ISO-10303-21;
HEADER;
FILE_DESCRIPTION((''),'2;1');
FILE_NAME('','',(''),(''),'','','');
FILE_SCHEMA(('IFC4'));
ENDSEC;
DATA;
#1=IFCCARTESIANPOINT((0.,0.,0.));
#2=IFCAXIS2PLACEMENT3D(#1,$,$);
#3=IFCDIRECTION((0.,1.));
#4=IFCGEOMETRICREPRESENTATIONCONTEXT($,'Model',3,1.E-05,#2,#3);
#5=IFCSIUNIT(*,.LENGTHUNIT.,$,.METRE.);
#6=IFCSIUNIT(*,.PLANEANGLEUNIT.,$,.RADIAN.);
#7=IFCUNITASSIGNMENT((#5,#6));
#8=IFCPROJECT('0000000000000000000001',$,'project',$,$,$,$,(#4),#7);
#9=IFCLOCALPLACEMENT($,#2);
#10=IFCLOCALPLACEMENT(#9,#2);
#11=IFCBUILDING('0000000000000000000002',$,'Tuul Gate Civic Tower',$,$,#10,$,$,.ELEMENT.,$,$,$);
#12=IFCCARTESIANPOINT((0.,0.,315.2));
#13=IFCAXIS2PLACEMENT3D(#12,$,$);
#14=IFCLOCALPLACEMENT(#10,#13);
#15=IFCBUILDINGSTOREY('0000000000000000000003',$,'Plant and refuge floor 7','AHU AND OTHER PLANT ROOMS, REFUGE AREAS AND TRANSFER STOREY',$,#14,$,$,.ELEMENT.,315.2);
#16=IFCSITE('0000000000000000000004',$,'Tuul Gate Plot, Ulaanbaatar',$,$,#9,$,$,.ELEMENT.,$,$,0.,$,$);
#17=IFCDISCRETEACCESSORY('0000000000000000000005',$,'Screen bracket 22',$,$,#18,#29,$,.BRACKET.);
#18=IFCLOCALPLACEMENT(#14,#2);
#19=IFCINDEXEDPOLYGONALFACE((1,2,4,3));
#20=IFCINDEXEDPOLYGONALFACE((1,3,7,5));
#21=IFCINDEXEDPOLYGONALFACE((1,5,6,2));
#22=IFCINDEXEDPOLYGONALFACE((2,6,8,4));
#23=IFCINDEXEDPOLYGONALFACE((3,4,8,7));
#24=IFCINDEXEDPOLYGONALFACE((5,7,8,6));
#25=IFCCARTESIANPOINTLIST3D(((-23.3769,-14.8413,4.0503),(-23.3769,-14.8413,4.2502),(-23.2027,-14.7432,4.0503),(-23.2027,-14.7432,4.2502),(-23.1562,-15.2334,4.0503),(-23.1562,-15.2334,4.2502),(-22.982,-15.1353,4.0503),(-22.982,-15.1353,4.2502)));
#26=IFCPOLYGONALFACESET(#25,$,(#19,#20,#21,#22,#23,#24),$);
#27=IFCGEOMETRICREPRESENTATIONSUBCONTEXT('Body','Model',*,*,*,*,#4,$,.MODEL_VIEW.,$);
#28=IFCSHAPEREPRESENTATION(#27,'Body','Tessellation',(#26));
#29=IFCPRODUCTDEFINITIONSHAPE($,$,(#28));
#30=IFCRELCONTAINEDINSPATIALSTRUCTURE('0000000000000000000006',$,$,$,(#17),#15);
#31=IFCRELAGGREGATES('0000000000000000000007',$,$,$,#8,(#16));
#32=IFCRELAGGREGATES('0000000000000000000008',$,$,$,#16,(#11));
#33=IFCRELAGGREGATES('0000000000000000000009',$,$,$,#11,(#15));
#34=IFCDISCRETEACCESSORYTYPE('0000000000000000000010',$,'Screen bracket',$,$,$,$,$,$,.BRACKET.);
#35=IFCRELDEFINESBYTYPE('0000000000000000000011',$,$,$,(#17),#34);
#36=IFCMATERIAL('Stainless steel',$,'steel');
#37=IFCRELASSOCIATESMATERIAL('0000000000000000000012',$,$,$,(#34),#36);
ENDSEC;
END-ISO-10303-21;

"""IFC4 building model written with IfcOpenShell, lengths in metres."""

from ifc_helpers import new_model, si_unit, direction, frame, origin, origin_2d, place, context, subcontext, project, spatial, rectangle, extrude, material, type_object, element, save


model = new_model("IFC4")

# Units and contexts
model_context = context("Model", 3, precision=1e-05, world=origin(), true_north=direction((0.0, 1.0)))
body_context = subcontext(model_context, "Body", "Model", "MODEL_VIEW")
ifc_project = project(units=[si_unit("LENGTHUNIT", "METRE"), si_unit("PLANEANGLEUNIT", "RADIAN")], contexts=[model_context])

# Site, building, storey
site_placement = place(None, origin())
site = spatial("IfcSite", under=ifc_project, at=site_placement, Name="Tuul Gate Plot, Ulaanbaatar", CompositionType="ELEMENT", RefElevation=0.0)
building_placement = place(site_placement, origin())
building = spatial("IfcBuilding", under=site, at=building_placement, Name="Tuul Gate Civic Tower", CompositionType="ELEMENT")
storey_placement = place(building_placement, frame((0.0, 0.0, 315.2)))
storey = spatial("IfcBuildingStorey", under=building, at=storey_placement, Name="Plant and refuge floor 7", Description="AHU AND OTHER PLANT ROOMS, REFUGE AREAS AND TRANSFER STOREY", CompositionType="ELEMENT", Elevation=315.2)

# Discrete accessory
ifc_material_1 = material(Name="Stainless steel", Category="steel")
discrete_accessory_type_1 = type_object("IfcDiscreteAccessoryType", Name="Screen bracket", PredefinedType="BRACKET", material=ifc_material_1)
discrete_accessory_1_placement = place(storey_placement, frame((-23.1794, -14.9883, 4.0503), z_axis=(0.0, 0.0, 1.0), x_axis=(0.490458, -0.871465, 0.0)))
element("IfcDiscreteAccessory", 1, at=discrete_accessory_1_placement, inside=storey, type_object=discrete_accessory_type_1, Name="Screen bracket 22", PredefinedType="BRACKET", context=body_context, shape_type="SweptSolid", body=[
    extrude(rectangle(XDim=0.45, YDim=0.2, at=origin_2d()), origin(), (0.0, 0.0, 1.0), 0.2),
])

save(model, "model.ifc")
